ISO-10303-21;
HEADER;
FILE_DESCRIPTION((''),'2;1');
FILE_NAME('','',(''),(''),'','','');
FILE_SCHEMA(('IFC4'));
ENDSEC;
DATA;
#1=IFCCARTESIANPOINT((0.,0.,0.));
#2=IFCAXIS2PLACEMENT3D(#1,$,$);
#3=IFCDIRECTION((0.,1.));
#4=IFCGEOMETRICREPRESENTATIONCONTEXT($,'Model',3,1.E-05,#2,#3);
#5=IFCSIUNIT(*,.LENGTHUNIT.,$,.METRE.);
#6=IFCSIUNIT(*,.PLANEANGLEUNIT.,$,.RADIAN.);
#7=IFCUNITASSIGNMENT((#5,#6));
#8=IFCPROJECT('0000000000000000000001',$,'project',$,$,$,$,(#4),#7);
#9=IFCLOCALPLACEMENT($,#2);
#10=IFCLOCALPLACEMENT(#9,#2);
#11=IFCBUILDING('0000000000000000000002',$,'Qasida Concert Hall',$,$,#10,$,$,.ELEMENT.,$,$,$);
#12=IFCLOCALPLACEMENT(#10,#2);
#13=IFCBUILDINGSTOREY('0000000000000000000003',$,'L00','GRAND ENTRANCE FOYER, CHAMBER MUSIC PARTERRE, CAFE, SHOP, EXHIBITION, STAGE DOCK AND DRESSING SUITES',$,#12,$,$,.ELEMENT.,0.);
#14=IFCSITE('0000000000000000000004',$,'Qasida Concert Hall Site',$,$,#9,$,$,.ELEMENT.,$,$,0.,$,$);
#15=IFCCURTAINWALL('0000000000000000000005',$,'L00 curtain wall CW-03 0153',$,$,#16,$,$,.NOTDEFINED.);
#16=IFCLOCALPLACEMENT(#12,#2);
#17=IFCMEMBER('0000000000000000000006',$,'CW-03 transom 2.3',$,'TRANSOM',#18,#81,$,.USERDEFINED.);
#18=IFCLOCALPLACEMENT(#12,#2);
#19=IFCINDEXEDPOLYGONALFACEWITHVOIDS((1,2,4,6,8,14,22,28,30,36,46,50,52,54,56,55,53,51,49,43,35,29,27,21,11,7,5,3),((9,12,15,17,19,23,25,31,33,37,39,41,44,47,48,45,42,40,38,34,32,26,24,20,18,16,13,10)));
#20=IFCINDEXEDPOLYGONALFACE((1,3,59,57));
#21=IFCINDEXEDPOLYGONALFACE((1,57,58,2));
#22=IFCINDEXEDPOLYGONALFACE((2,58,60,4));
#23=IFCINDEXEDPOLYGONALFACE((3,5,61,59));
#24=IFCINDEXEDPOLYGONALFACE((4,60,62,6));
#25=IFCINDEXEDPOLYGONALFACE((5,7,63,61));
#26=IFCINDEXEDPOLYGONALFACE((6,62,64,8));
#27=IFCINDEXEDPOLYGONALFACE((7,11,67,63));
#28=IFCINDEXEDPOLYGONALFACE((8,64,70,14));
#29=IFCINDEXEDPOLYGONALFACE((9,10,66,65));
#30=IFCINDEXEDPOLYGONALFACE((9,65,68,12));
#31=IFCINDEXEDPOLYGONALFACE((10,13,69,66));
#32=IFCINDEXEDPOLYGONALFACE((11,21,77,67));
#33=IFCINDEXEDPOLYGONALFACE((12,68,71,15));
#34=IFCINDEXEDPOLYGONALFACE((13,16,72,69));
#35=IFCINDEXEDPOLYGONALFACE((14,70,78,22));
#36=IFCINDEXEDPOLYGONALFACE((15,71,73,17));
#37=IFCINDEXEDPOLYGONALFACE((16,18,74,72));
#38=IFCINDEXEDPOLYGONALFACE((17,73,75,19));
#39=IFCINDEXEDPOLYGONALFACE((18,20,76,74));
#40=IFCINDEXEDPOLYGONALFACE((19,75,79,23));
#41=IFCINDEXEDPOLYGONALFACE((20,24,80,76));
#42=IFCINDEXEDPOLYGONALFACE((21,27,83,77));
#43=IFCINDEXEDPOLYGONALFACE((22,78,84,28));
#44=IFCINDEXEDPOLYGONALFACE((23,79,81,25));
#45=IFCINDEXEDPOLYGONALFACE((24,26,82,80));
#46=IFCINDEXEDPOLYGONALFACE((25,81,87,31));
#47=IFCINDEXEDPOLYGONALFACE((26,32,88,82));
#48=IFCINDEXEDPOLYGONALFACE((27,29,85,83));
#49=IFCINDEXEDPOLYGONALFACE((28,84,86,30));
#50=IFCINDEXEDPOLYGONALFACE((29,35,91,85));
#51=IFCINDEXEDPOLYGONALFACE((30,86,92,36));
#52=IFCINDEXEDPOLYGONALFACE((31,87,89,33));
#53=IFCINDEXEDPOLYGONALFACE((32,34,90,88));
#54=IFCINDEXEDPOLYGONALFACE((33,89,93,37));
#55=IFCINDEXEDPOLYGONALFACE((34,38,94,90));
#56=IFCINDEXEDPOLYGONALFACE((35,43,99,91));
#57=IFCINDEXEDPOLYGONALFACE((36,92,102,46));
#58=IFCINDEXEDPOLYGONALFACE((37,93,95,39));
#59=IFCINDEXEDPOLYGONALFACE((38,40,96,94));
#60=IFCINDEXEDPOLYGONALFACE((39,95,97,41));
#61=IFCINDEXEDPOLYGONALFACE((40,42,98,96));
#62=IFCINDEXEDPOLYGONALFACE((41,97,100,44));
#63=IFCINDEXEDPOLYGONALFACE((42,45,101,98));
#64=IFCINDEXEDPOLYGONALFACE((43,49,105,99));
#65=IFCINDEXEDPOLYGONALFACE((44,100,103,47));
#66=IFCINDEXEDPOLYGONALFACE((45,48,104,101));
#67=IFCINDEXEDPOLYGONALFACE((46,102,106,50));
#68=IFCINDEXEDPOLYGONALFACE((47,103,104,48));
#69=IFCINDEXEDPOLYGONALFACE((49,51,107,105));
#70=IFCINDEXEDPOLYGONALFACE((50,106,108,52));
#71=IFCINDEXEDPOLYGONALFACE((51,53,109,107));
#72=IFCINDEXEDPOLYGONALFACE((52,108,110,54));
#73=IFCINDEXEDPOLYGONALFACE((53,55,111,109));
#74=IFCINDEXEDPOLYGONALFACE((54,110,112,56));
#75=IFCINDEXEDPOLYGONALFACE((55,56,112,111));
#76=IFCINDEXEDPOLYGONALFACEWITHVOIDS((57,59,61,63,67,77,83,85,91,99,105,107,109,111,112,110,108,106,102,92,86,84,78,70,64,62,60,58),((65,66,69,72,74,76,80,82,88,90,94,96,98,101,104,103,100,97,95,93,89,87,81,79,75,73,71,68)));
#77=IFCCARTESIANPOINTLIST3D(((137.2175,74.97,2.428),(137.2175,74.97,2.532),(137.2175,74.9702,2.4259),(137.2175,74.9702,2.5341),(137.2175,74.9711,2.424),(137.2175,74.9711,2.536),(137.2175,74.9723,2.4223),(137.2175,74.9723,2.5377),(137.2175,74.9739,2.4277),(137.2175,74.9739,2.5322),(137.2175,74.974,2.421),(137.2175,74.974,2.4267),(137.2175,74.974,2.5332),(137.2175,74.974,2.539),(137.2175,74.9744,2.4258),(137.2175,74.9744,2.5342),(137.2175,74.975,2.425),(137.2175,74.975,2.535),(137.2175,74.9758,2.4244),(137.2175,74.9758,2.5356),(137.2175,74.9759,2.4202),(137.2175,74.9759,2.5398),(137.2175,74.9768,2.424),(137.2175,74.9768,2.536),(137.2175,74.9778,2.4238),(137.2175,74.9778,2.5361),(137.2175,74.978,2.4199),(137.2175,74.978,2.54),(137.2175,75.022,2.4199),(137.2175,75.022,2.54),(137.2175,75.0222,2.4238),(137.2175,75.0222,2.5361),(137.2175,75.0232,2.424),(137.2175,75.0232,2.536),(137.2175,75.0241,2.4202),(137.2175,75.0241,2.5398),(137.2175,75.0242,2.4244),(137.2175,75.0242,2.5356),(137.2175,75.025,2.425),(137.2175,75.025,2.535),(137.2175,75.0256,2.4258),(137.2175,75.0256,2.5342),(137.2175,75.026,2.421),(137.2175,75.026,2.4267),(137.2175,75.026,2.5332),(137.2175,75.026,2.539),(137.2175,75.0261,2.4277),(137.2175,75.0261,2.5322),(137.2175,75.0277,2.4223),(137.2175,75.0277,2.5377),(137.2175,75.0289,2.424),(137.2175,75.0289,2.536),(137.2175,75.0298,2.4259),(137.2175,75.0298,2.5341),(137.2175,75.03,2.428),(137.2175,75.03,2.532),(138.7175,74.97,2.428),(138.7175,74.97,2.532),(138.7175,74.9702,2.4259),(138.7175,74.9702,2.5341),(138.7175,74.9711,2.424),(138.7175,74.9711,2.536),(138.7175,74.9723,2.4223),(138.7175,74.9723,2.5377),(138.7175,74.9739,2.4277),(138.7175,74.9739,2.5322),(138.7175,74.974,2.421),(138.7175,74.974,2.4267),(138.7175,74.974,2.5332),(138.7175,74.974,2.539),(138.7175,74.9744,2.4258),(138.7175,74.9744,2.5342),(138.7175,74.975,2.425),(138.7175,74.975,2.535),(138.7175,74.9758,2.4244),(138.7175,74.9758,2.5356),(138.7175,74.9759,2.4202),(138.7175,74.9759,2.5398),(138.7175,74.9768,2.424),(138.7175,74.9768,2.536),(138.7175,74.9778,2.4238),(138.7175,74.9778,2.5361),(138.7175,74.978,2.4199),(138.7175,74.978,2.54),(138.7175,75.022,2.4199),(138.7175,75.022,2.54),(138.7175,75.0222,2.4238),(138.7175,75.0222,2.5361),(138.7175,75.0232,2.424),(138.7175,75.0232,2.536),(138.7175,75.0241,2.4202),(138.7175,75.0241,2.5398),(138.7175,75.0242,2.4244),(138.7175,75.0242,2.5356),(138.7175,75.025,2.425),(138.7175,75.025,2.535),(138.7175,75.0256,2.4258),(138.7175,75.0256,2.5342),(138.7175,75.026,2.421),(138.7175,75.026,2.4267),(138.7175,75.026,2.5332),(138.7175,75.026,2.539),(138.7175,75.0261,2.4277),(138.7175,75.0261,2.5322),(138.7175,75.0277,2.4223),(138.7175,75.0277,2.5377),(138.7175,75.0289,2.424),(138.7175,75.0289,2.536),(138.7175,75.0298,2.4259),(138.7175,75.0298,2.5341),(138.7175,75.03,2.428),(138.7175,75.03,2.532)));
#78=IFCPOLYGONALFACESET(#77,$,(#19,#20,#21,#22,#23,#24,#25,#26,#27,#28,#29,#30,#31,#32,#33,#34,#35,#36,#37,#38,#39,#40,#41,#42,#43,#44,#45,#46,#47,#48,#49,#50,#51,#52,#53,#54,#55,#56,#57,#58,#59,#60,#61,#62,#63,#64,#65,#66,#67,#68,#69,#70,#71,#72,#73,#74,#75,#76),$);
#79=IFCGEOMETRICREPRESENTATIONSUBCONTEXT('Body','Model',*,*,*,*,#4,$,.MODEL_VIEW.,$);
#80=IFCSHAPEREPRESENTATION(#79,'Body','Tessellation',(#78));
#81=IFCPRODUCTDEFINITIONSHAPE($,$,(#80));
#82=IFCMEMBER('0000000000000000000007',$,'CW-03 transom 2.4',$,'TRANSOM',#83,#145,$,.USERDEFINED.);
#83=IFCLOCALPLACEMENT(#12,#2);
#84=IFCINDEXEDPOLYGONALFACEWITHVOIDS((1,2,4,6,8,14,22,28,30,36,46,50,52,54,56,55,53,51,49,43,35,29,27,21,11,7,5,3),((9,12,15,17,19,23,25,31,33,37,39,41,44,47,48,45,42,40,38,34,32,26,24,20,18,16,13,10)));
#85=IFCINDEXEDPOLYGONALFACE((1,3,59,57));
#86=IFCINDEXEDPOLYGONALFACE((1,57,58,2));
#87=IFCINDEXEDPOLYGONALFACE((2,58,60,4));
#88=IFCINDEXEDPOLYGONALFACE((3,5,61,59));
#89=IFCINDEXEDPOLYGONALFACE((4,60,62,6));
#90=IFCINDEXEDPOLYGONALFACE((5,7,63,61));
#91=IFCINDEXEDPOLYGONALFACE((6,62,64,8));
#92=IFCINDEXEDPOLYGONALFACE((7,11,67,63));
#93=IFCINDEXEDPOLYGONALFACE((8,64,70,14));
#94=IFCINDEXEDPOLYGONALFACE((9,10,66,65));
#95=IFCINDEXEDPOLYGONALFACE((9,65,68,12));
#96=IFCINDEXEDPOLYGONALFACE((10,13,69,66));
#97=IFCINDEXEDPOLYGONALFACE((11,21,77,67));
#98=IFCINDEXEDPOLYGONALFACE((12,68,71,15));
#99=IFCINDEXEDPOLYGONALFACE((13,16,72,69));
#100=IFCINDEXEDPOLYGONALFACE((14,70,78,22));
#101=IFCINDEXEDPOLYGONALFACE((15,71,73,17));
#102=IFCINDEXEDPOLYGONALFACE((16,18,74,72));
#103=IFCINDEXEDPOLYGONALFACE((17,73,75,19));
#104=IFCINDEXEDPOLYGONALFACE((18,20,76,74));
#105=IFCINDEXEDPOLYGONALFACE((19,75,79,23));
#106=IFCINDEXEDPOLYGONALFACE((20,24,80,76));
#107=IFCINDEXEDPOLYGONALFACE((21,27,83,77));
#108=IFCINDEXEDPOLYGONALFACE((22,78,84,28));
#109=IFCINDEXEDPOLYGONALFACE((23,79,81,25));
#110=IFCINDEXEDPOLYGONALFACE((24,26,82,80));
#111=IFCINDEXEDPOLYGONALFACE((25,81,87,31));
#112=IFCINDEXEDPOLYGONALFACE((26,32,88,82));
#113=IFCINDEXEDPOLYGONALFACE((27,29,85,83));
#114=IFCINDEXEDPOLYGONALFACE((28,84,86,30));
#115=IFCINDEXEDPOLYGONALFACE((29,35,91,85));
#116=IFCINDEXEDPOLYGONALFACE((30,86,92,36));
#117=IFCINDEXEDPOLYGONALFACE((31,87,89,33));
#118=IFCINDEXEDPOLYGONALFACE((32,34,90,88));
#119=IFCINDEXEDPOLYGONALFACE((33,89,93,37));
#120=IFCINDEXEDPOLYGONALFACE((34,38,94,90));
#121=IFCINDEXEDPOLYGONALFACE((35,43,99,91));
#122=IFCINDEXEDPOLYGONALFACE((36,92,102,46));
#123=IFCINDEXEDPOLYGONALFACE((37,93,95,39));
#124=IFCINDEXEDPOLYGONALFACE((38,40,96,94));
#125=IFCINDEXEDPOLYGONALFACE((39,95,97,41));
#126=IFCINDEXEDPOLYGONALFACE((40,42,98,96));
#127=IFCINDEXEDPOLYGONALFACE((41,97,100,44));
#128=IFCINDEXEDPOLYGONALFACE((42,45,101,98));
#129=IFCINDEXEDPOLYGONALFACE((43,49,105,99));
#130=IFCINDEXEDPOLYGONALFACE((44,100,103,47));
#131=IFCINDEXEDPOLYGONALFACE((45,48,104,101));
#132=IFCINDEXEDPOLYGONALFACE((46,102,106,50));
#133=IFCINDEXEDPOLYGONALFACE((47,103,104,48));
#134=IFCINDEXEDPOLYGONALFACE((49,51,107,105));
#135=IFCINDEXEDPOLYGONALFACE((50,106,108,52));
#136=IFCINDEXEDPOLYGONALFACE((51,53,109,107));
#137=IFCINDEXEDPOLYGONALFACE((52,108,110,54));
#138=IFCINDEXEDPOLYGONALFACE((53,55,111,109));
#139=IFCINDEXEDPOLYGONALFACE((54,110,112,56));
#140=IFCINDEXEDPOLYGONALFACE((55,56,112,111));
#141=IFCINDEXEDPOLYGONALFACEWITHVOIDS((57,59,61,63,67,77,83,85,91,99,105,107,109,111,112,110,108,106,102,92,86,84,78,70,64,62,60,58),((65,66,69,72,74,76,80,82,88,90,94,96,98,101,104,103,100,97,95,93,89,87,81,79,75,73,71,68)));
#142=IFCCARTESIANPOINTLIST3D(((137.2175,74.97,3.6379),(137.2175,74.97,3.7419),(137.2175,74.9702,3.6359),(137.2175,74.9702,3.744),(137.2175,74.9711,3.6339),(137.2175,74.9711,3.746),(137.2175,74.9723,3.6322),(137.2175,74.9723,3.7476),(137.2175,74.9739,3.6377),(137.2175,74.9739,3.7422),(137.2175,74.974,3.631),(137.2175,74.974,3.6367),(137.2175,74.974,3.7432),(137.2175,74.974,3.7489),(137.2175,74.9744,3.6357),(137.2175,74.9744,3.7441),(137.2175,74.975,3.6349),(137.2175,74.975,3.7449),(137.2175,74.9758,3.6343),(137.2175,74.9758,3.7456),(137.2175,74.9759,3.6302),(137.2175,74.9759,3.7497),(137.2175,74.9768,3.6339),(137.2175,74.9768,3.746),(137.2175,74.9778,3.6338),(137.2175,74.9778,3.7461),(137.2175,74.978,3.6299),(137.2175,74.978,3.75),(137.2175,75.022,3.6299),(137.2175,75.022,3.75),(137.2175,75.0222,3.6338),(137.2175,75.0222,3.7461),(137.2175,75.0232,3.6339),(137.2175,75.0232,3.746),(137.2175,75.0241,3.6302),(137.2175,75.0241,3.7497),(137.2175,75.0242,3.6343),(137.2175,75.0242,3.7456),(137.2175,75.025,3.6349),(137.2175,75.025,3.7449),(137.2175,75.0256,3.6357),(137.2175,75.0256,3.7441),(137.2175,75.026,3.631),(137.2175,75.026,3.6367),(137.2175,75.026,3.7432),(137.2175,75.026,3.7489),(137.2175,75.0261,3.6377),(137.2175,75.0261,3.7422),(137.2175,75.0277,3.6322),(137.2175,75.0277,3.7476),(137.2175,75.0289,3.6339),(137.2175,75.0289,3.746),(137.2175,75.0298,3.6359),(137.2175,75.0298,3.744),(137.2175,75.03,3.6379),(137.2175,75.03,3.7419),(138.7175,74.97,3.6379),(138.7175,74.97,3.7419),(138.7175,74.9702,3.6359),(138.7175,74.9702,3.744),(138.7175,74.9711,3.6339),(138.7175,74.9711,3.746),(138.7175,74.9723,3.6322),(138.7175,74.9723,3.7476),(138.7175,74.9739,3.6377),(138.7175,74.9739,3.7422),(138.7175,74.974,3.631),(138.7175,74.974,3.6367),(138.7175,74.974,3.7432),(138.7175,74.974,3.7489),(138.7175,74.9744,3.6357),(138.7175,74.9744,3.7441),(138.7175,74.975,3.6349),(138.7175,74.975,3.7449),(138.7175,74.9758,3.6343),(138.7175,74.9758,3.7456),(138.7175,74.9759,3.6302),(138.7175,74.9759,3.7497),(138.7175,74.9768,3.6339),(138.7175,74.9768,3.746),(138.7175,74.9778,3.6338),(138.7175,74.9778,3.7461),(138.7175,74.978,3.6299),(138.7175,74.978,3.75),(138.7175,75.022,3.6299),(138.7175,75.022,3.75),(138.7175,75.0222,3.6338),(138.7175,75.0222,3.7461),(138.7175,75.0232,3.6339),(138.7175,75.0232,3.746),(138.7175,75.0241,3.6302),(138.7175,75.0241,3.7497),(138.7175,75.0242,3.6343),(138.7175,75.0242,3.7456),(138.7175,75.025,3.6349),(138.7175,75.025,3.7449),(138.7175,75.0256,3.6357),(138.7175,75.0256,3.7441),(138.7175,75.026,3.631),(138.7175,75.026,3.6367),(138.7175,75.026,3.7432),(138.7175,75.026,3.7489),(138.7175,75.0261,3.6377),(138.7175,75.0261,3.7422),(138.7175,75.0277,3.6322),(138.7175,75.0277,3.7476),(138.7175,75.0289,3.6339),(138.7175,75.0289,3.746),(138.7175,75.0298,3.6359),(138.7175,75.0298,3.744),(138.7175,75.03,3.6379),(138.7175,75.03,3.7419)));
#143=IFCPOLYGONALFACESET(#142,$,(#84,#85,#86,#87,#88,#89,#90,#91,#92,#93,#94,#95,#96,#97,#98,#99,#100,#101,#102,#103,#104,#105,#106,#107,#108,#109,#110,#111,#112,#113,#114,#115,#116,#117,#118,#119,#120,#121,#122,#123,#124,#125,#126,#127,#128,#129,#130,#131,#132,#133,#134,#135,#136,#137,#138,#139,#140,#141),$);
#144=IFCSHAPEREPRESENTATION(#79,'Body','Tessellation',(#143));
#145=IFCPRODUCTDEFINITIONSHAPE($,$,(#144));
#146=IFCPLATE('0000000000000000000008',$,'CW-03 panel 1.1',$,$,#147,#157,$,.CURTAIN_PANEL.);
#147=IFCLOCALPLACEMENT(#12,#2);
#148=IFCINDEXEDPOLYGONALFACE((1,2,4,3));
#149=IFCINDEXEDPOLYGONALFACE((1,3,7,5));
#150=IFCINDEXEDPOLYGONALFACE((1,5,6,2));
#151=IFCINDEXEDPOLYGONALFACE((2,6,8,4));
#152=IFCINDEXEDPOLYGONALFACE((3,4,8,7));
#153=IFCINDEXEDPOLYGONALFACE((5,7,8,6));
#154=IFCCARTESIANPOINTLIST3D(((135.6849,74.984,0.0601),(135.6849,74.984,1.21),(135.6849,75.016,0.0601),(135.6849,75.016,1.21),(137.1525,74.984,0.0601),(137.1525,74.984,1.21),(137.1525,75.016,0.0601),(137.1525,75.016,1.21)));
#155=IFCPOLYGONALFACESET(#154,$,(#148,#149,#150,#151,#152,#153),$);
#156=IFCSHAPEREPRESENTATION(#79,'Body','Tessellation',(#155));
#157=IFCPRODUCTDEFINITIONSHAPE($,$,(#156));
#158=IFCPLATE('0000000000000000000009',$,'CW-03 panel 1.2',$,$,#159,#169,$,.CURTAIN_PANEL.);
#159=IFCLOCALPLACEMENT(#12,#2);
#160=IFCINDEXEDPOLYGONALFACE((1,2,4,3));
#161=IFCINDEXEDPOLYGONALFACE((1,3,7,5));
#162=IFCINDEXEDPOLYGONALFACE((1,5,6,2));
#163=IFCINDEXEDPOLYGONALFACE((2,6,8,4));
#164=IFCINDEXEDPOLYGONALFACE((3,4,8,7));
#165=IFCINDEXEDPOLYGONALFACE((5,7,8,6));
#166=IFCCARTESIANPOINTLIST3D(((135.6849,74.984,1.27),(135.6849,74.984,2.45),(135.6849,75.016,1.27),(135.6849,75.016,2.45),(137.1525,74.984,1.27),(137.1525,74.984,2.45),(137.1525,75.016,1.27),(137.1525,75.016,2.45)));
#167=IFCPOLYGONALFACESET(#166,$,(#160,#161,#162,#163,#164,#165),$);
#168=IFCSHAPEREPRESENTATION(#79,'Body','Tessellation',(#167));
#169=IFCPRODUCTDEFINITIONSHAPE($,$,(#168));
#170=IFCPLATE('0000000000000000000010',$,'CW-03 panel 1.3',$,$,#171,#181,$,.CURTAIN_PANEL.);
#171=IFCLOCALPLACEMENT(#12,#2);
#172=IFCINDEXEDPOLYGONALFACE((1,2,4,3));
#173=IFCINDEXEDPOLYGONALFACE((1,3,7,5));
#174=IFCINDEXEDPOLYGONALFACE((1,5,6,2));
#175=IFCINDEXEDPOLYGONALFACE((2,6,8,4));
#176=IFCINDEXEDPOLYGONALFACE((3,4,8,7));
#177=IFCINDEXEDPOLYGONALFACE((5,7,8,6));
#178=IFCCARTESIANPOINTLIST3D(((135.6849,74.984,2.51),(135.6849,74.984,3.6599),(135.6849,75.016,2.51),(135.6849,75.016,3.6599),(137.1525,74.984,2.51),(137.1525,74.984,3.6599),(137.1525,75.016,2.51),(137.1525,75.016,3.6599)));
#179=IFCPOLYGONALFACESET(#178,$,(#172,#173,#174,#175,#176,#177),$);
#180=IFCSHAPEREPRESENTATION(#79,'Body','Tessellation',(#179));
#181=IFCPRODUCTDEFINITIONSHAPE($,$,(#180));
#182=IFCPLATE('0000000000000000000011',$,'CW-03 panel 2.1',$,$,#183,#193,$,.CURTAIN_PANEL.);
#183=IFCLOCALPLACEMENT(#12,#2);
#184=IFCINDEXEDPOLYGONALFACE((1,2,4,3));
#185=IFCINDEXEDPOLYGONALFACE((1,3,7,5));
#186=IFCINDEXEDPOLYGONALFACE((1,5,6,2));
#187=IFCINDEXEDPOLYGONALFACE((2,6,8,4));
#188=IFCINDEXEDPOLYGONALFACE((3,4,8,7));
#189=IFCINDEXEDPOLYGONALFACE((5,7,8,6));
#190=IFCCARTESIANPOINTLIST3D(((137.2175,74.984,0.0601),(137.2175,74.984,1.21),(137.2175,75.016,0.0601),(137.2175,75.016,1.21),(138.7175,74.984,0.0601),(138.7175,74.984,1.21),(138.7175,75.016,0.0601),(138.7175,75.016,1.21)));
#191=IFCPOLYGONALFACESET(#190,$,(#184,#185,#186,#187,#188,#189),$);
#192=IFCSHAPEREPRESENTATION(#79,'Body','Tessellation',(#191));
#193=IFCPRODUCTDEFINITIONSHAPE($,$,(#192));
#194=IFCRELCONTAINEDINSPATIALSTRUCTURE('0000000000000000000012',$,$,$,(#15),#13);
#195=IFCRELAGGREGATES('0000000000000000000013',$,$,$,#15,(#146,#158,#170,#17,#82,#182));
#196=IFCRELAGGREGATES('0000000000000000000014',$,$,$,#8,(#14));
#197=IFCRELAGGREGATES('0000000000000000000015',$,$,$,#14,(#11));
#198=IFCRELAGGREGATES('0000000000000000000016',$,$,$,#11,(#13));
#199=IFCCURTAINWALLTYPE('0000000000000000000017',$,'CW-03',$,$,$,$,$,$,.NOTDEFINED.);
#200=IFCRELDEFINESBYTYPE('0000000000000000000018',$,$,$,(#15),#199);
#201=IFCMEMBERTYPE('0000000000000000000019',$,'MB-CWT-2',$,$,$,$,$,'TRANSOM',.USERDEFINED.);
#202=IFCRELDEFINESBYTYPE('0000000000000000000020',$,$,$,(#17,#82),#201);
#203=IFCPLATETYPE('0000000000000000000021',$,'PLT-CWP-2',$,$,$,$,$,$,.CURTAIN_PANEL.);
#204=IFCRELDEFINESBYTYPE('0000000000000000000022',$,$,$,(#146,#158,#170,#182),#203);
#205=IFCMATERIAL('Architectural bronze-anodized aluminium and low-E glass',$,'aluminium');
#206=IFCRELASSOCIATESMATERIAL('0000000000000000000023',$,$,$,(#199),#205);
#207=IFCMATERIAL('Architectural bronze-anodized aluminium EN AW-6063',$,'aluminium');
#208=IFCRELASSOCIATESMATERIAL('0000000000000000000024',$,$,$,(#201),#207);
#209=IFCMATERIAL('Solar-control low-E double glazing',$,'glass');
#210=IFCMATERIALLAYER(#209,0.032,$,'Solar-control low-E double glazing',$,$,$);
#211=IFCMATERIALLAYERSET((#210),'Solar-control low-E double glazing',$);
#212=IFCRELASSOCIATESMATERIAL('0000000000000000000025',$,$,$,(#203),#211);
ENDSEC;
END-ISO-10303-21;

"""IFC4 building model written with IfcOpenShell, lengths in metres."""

from ifc_helpers import new_model, si_unit, direction, frame, origin, origin_2d, place, context, subcontext, project, spatial, rectangle, hollow_rectangle, extrude, material, layer, layer_set, material_profile, profile_set, type_object, element, aggregate, save


model = new_model("IFC4")

# Units and contexts
model_context = context("Model", 3, precision=1e-05, world=origin(), true_north=direction((0.0, 1.0)))
body_context = subcontext(model_context, "Body", "Model", "MODEL_VIEW")
ifc_project = project(units=[si_unit("LENGTHUNIT", "METRE"), si_unit("PLANEANGLEUNIT", "RADIAN")], contexts=[model_context])

# Site, building, storey
site_placement = place(None, origin())
site = spatial("IfcSite", under=ifc_project, at=site_placement, Name="Qasida Concert Hall Site", CompositionType="ELEMENT", RefElevation=0.0)
building_placement = place(site_placement, origin())
building = spatial("IfcBuilding", under=site, at=building_placement, Name="Qasida Concert Hall", CompositionType="ELEMENT")
storey_placement = place(building_placement, origin())
storey = spatial("IfcBuildingStorey", under=building, at=storey_placement, Name="L00", Description="GRAND ENTRANCE FOYER, CHAMBER MUSIC PARTERRE, CAFE, SHOP, EXHIBITION, STAGE DOCK AND DRESSING SUITES", CompositionType="ELEMENT", Elevation=0.0)

# Curtain wall, members, plates
ifc_material_1 = material(Name="Architectural bronze-anodized aluminium and low-E glass", Category="aluminium")
curtain_wall_type = type_object("IfcCurtainWallType", Name="CW-03", PredefinedType="NOTDEFINED", material=ifc_material_1)
curtain_wall_placement = place(storey_placement, origin())
curtain_wall = element("IfcCurtainWall", 1, at=curtain_wall_placement, inside=storey, type_object=curtain_wall_type, Name="L00 curtain wall CW-03 0153", PredefinedType="NOTDEFINED")
ifc_material_2 = material(Name="Architectural bronze-anodized aluminium EN AW-6063", Category="aluminium")
ifc_material_profile_1 = material_profile(ifc_material_2, hollow_rectangle(XDim=0.0601, YDim=0.1201, WallThickness=0.0039, InnerFilletRadius=0.0039, OuterFilletRadius=0.0081, at=origin_2d()), Name="CWT 120x60x4")
ifc_profile_set_1 = profile_set([ifc_material_profile_1], Name="Architectural bronze-anodized aluminium EN AW-6063")
member_type_1 = type_object("IfcMemberType", Name="MB-CWT-2", ElementType="TRANSOM", PredefinedType="USERDEFINED", material=ifc_profile_set_1)
member_1_placement = place(storey_placement, frame((137.2175, 75.0, 2.48), z_axis=(1.0, 0.0, 0.0), x_axis=(0.0, 1.0, 0.0)))
member_1 = element("IfcMember", 2, at=member_1_placement, type_object=member_type_1, Name="CW-03 transom 2.3", ObjectType="TRANSOM", PredefinedType="USERDEFINED", context=body_context, shape_type="SweptSolid", body=[
    extrude(hollow_rectangle(XDim=0.0601, YDim=0.1201, WallThickness=0.0039, InnerFilletRadius=0.0039, OuterFilletRadius=0.0081, at=origin_2d()), origin(), (0.0, 0.0, 1.0), 1.5),
])
member_2_placement = place(storey_placement, frame((137.2175, 75.0, 3.6899), z_axis=(1.0, 0.0, 0.0), x_axis=(0.0, 1.0, 0.0)))
member_2 = element("IfcMember", 3, at=member_2_placement, type_object=member_type_1, Name="CW-03 transom 2.4", ObjectType="TRANSOM", PredefinedType="USERDEFINED", context=body_context, shape_type="SweptSolid", body=[
    extrude(hollow_rectangle(XDim=0.0601, YDim=0.1201, WallThickness=0.0039, InnerFilletRadius=0.0039, OuterFilletRadius=0.0081, at=origin_2d()), origin(), (0.0, 0.0, 1.0), 1.5),
])
ifc_material_3 = material(Name="Solar-control low-E double glazing", Category="glass")
ifc_layer_1 = layer(ifc_material_3, 0.032, Name="Solar-control low-E double glazing")
ifc_layer_set_1 = layer_set([ifc_layer_1], Name="Solar-control low-E double glazing")
plate_type = type_object("IfcPlateType", Name="PLT-CWP-2", PredefinedType="CURTAIN_PANEL", material=ifc_layer_set_1)
plate_1_placement = place(storey_placement, frame((136.4187, 75.0, 0.0601), z_axis=(0.0, 0.0, 1.0), x_axis=(1.0, 0.0, 0.0)))
plate_1 = element("IfcPlate", 4, at=plate_1_placement, type_object=plate_type, Name="CW-03 panel 1.1", PredefinedType="CURTAIN_PANEL", context=body_context, shape_type="SweptSolid", body=[
    extrude(rectangle(XDim=1.4675, YDim=0.032, at=origin_2d()), origin(), (0.0, 0.0, 1.0), 1.1499),
])
plate_2_placement = place(storey_placement, frame((136.4187, 75.0, 1.27), z_axis=(0.0, 0.0, 1.0), x_axis=(1.0, 0.0, 0.0)))
plate_2 = element("IfcPlate", 5, at=plate_2_placement, type_object=plate_type, Name="CW-03 panel 1.2", PredefinedType="CURTAIN_PANEL", context=body_context, shape_type="SweptSolid", body=[
    extrude(rectangle(XDim=1.4675, YDim=0.032, at=origin_2d()), origin(), (0.0, 0.0, 1.0), 1.1799),
])
plate_3_placement = place(storey_placement, frame((136.4187, 75.0, 2.51), z_axis=(0.0, 0.0, 1.0), x_axis=(1.0, 0.0, 0.0)))
plate_3 = element("IfcPlate", 6, at=plate_3_placement, type_object=plate_type, Name="CW-03 panel 1.3", PredefinedType="CURTAIN_PANEL", context=body_context, shape_type="SweptSolid", body=[
    extrude(rectangle(XDim=1.4675, YDim=0.032, at=origin_2d()), origin(), (0.0, 0.0, 1.0), 1.1499),
])
plate_4_placement = place(storey_placement, frame((137.9675, 75.0, 0.0601), z_axis=(0.0, 0.0, 1.0), x_axis=(1.0, 0.0, 0.0)))
plate_4 = element("IfcPlate", 7, at=plate_4_placement, type_object=plate_type, Name="CW-03 panel 2.1", PredefinedType="CURTAIN_PANEL", context=body_context, shape_type="SweptSolid", body=[
    extrude(rectangle(XDim=1.5, YDim=0.032, at=origin_2d()), origin(), (0.0, 0.0, 1.0), 1.1499),
])
aggregate(curtain_wall, [plate_1, plate_2, plate_3, member_1, member_2, plate_4])

save(model, "model.ifc")
